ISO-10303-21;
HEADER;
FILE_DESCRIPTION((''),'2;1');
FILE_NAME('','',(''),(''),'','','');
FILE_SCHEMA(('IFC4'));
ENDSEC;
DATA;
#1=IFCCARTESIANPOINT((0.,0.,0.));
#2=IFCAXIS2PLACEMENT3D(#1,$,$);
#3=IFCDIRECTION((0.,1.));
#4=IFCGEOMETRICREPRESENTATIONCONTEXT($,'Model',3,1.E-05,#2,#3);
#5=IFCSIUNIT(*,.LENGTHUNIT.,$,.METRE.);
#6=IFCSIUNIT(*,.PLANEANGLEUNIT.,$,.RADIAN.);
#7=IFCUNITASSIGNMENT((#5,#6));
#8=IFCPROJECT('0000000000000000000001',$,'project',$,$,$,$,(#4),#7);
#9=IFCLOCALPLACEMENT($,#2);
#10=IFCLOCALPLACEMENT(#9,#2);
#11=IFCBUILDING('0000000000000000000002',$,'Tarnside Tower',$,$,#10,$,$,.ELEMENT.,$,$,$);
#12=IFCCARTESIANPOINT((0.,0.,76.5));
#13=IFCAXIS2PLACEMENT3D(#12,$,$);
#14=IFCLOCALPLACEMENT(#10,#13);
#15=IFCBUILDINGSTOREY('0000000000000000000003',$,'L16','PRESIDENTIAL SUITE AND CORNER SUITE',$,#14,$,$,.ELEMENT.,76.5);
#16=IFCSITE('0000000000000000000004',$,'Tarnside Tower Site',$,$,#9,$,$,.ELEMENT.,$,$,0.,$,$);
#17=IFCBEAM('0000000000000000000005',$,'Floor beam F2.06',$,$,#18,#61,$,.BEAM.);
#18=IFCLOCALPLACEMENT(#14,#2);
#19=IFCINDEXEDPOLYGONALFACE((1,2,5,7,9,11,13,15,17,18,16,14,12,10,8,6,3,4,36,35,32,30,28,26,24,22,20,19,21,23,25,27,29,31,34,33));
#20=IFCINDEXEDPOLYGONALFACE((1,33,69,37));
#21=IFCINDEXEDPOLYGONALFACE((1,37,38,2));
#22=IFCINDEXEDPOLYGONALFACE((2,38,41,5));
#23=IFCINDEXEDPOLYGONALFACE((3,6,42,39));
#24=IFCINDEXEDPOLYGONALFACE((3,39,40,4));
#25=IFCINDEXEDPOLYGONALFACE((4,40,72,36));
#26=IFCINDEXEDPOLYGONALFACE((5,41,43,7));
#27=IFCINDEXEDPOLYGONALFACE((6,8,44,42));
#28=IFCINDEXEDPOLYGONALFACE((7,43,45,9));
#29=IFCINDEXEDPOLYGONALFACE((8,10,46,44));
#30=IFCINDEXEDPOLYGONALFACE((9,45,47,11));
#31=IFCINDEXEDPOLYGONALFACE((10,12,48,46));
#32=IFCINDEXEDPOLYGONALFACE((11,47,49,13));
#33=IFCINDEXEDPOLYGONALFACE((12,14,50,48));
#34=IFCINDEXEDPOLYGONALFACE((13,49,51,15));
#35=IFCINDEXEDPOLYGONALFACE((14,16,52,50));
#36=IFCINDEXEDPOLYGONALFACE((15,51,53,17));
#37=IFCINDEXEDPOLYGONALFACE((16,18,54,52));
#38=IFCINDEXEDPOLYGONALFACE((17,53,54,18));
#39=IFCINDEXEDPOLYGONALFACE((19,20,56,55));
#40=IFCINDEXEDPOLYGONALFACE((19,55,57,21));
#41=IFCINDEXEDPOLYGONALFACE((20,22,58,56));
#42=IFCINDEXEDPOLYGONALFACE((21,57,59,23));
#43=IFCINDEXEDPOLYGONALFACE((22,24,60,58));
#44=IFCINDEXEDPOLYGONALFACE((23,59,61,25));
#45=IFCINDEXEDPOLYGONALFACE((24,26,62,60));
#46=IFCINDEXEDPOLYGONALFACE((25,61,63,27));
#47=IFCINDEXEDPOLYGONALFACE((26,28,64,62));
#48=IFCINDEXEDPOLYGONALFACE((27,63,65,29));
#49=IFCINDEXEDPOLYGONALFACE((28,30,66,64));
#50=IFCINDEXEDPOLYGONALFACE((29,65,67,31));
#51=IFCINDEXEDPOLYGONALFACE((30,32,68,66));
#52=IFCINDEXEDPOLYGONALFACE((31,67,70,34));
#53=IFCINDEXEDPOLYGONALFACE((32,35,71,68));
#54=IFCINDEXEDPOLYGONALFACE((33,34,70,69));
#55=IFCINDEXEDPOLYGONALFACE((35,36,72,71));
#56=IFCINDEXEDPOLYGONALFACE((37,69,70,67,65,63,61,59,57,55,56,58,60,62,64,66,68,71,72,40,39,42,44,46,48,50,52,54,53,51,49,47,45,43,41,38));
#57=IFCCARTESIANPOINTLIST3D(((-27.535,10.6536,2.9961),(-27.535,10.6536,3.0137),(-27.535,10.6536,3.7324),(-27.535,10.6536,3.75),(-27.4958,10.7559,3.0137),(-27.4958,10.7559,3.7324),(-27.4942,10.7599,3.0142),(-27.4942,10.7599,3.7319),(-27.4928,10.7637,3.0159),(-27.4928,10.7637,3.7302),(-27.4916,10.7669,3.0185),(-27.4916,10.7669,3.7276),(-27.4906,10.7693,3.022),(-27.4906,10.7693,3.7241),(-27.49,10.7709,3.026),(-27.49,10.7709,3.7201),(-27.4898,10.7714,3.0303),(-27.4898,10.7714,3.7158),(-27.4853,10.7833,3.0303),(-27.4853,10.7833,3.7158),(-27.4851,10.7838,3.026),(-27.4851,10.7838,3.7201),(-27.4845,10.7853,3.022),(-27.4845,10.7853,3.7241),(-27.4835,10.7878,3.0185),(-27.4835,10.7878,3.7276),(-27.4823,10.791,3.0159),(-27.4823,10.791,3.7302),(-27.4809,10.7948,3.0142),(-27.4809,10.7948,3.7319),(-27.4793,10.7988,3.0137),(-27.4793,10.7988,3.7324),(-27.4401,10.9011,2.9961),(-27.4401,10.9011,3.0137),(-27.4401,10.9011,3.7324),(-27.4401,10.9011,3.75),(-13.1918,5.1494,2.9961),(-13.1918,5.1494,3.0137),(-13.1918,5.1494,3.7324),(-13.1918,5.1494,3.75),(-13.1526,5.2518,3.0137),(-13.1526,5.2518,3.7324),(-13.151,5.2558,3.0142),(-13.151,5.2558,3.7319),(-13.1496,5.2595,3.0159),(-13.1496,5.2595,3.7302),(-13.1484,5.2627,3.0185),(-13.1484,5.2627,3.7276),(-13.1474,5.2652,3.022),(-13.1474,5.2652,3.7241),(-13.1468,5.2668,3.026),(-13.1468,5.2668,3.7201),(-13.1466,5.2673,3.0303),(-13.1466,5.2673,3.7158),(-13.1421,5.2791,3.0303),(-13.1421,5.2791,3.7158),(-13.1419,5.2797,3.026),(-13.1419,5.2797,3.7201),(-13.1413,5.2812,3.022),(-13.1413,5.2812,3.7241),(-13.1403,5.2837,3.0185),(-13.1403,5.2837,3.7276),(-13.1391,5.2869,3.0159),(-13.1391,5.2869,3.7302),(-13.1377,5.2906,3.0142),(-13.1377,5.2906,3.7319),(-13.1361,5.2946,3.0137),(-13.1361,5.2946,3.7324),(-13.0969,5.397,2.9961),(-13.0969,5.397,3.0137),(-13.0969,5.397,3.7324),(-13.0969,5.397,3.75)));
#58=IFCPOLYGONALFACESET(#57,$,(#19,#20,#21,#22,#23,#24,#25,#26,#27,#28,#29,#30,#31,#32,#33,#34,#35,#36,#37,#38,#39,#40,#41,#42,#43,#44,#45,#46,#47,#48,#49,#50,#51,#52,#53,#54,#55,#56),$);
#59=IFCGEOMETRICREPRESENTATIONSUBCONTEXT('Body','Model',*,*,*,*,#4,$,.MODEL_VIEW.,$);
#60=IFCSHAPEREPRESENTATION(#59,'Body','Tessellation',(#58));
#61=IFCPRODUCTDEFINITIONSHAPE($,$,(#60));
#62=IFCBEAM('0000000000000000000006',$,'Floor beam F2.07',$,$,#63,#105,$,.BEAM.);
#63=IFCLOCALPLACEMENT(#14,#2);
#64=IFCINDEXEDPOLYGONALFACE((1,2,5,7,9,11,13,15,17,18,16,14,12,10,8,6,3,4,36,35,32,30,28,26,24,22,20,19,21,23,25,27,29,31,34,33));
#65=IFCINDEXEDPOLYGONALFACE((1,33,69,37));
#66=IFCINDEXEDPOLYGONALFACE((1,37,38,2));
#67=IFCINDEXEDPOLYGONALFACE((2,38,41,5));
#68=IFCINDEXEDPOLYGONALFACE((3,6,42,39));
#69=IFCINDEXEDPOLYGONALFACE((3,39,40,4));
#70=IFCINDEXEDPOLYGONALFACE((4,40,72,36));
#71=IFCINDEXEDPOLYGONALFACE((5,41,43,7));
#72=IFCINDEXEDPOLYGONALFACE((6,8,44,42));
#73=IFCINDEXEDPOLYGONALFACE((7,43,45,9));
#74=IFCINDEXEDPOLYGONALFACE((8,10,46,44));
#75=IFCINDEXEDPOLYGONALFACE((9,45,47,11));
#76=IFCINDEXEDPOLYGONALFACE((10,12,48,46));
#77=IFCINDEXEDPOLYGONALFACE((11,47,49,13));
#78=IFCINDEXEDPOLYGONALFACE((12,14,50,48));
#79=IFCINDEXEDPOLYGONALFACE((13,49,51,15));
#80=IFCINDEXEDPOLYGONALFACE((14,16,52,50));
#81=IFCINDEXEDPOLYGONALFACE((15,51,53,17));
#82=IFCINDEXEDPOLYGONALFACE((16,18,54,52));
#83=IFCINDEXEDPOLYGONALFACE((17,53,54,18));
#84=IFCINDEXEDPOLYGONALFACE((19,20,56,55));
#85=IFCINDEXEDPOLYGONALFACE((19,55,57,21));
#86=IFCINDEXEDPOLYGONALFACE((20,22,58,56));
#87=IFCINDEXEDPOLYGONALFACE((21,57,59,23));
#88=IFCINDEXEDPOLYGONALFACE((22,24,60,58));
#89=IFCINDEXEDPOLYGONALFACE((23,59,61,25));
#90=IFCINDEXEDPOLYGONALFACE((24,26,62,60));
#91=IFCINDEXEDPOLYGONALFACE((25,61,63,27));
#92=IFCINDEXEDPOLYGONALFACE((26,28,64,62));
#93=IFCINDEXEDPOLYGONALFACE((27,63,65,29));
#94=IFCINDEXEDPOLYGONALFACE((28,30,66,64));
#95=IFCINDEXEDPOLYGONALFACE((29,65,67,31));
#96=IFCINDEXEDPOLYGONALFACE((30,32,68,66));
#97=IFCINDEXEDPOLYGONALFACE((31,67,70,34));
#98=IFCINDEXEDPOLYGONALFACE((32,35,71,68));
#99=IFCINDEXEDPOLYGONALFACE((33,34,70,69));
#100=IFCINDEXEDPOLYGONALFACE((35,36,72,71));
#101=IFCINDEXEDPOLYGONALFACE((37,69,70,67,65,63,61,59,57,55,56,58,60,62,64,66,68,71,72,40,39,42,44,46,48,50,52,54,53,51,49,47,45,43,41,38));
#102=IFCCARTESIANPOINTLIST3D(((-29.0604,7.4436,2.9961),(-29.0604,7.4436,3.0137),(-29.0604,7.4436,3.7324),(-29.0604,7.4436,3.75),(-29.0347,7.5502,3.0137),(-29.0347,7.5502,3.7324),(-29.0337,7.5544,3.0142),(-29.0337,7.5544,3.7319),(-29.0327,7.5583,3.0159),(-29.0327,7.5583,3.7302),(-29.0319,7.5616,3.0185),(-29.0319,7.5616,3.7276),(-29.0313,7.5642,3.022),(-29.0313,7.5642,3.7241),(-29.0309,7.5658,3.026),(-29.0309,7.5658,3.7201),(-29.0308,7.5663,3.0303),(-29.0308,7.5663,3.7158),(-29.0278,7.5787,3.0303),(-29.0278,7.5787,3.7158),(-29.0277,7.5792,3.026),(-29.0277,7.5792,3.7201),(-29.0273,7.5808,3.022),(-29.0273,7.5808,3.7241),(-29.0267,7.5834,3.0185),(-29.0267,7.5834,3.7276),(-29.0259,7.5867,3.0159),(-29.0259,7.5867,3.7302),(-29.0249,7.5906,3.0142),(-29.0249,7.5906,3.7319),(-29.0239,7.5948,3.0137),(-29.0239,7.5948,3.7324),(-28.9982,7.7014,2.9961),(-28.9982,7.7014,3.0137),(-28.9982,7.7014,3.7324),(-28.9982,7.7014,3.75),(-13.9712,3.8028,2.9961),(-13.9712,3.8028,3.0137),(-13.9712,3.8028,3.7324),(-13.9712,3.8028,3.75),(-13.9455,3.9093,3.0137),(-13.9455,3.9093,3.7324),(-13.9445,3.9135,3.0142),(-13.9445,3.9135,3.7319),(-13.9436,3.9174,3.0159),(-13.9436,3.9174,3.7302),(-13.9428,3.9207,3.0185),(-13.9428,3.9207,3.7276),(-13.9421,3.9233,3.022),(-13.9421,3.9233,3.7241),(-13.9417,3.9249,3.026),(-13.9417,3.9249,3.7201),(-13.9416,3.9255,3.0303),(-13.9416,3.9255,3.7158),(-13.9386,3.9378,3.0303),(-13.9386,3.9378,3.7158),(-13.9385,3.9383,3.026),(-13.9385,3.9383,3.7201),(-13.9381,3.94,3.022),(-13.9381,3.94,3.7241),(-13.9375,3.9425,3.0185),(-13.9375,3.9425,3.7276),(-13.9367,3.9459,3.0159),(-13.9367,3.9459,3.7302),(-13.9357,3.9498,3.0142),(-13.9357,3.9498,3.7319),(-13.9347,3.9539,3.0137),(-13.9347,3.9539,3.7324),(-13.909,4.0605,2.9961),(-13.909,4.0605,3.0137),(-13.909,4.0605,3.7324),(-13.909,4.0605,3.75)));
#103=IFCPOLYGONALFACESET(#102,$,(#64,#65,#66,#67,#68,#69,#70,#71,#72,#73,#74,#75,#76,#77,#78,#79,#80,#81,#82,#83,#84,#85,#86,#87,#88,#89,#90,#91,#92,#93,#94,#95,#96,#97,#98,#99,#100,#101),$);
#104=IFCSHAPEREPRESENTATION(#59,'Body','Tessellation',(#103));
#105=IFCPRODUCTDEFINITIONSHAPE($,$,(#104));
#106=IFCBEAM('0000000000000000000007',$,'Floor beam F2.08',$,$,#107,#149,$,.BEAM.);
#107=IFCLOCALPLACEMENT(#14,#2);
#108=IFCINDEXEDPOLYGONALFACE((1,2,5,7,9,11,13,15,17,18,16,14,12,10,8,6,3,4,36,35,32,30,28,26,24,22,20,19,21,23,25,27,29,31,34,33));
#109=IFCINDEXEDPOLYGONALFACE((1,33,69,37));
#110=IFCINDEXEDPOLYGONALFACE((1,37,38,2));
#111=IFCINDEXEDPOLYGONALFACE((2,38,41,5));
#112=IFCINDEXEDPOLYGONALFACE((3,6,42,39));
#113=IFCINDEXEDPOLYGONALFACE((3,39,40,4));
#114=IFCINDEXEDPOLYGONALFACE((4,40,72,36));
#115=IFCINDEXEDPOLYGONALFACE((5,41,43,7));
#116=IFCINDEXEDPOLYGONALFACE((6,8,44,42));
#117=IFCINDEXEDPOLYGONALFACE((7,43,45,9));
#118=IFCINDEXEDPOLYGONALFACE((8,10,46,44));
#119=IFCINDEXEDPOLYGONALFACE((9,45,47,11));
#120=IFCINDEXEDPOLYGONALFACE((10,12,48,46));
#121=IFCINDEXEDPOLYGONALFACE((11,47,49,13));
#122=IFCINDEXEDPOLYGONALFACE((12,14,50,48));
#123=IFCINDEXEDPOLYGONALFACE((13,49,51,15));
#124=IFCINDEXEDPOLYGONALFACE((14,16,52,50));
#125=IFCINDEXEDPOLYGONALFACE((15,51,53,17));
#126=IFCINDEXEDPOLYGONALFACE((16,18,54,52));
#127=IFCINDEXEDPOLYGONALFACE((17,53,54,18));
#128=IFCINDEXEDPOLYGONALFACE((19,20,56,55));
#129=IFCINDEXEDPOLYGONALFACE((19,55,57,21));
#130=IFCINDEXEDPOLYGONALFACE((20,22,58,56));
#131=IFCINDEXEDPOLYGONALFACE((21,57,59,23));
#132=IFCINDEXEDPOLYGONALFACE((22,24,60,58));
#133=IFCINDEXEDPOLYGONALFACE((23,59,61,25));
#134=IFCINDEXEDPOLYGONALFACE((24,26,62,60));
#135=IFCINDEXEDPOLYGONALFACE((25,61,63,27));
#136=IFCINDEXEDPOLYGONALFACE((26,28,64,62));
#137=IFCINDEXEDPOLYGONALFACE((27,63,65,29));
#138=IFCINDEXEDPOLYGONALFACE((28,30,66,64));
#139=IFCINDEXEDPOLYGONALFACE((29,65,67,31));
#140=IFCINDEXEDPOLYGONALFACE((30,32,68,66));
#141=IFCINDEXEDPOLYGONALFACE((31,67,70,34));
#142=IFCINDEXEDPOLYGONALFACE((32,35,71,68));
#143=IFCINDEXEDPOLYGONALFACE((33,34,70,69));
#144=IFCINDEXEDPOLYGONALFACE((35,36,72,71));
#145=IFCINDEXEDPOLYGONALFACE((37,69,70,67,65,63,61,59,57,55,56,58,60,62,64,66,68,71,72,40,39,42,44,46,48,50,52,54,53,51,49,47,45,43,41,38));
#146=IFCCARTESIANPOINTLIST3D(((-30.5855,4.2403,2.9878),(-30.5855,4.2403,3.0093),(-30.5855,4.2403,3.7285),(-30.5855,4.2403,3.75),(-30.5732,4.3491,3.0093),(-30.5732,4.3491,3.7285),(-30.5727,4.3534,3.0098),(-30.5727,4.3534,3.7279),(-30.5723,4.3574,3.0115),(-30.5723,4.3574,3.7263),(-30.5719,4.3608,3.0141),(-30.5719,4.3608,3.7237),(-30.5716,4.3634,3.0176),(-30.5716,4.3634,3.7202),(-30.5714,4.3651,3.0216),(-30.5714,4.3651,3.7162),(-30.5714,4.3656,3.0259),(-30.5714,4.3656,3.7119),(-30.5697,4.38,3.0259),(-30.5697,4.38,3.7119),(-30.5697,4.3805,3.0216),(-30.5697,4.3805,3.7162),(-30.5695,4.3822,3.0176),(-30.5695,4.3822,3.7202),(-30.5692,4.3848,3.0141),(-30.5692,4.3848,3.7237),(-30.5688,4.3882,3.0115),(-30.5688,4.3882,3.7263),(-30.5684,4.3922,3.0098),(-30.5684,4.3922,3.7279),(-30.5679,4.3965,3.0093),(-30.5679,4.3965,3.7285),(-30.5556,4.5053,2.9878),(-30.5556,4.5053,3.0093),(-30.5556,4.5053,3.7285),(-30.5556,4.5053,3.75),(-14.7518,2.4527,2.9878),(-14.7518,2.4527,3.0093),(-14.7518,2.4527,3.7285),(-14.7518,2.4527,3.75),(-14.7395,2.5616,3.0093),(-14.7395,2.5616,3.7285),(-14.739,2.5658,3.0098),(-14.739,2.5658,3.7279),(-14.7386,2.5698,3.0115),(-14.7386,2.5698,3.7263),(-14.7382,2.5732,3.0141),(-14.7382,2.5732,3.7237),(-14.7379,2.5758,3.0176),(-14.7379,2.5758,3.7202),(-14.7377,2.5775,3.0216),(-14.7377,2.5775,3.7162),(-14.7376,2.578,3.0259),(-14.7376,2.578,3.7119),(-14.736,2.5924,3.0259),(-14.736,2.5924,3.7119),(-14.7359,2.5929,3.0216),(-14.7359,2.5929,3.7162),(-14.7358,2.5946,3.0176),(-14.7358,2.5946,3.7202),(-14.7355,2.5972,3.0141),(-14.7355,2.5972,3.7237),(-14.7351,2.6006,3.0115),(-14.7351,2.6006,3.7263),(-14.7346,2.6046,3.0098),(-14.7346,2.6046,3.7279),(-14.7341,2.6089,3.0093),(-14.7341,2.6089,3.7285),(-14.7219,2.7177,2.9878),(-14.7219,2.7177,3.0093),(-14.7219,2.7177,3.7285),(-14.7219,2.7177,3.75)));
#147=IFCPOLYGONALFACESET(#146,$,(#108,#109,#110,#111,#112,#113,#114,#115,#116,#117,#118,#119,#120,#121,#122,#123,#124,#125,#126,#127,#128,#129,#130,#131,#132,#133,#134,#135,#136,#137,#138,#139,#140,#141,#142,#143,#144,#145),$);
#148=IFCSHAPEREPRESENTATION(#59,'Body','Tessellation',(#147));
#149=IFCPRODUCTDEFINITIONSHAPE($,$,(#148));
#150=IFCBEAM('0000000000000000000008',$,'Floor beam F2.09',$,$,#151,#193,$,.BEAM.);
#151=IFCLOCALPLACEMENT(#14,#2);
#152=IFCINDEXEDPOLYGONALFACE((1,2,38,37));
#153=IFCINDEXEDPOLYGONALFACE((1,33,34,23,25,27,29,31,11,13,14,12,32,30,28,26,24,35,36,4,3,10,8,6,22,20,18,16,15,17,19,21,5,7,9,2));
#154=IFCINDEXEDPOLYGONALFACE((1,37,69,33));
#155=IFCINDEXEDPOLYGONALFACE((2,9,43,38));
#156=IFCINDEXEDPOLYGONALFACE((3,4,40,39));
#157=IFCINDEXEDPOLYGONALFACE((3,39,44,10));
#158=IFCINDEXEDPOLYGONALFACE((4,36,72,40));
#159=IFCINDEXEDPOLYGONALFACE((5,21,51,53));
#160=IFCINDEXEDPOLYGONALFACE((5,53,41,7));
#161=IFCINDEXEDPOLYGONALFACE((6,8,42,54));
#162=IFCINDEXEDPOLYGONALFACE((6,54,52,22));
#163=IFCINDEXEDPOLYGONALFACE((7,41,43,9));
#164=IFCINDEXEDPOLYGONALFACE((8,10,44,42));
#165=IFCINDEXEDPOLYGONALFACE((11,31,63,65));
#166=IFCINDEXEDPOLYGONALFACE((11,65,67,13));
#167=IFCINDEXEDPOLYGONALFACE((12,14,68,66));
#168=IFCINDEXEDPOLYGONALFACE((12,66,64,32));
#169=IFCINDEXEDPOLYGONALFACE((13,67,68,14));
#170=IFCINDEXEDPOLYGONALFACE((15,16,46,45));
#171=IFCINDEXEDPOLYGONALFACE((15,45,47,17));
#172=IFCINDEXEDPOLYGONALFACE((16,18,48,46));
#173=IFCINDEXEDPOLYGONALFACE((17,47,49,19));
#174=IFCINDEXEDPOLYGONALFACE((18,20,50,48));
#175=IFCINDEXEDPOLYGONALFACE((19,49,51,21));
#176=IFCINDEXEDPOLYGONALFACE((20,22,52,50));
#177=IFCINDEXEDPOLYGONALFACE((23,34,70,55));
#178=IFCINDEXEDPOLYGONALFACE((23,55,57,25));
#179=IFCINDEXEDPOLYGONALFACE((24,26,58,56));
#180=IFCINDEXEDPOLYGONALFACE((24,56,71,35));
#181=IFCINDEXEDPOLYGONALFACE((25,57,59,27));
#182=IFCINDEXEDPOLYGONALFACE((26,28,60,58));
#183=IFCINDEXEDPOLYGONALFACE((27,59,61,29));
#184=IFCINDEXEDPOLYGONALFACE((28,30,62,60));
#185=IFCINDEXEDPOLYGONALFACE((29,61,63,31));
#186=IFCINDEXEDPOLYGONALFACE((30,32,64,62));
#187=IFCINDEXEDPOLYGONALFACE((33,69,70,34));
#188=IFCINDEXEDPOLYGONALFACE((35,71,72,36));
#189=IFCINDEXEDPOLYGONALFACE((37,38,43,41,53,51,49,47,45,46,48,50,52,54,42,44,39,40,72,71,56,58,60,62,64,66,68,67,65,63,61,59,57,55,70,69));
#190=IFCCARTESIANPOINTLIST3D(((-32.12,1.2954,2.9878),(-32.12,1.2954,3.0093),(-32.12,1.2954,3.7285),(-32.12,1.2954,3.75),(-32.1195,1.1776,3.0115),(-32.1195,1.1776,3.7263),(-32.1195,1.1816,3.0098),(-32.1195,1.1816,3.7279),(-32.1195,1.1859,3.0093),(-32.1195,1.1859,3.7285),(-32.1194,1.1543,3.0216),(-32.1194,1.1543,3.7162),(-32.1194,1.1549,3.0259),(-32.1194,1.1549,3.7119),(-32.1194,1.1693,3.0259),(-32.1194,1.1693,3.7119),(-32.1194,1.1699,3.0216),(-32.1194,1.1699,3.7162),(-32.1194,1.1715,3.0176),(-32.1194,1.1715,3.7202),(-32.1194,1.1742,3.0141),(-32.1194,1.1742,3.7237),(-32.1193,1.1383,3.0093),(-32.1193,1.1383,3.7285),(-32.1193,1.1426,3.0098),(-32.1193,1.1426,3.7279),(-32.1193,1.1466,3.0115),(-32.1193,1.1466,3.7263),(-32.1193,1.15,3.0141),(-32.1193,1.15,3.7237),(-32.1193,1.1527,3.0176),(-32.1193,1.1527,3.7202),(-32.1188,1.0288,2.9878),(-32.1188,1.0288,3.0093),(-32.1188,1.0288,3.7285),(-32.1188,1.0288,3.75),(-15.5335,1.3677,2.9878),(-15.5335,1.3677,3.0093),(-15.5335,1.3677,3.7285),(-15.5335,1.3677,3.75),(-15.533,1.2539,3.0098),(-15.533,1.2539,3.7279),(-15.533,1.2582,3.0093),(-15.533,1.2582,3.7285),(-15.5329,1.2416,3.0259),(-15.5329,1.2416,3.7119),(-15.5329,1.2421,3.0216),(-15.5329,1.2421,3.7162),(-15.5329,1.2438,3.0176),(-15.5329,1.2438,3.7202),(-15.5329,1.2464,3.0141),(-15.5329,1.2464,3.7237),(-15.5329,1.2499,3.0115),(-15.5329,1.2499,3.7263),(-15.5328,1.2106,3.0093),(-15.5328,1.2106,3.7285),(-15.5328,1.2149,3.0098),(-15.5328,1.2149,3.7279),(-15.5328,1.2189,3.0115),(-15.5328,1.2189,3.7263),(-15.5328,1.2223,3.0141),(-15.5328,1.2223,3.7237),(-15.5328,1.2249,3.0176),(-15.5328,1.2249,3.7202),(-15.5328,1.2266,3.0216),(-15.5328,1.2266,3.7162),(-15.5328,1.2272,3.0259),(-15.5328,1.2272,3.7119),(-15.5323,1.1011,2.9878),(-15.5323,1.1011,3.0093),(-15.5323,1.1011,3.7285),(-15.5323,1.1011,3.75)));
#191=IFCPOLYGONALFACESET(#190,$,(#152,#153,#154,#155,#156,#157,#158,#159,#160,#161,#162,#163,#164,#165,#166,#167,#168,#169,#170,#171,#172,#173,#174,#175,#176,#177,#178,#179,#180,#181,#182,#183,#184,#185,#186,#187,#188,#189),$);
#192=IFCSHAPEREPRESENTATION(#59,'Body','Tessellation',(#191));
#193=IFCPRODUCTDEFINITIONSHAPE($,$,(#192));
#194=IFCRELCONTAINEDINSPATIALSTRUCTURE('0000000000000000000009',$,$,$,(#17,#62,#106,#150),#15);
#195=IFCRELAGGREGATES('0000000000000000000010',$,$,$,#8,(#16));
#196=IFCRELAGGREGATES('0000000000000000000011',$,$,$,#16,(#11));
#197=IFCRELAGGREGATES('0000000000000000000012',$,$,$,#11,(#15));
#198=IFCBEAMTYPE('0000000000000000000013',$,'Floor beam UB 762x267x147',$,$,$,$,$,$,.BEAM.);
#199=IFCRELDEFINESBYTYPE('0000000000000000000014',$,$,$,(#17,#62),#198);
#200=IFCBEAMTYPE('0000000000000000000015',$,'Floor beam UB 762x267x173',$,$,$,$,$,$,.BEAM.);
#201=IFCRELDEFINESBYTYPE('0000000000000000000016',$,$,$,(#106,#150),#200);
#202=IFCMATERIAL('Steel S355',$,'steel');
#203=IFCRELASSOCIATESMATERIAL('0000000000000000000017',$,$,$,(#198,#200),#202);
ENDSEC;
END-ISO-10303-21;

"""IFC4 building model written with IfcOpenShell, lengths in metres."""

from ifc_helpers import new_model, si_unit, direction, frame, origin, origin_2d, place, context, subcontext, project, spatial, i_section, extrude, material, material_profile, profile_set, type_object, element, save


model = new_model("IFC4")

# Units and contexts
model_context = context("Model", 3, precision=1e-05, world=origin(), true_north=direction((0.0, 1.0)))
body_context = subcontext(model_context, "Body", "Model", "MODEL_VIEW")
ifc_project = project(units=[si_unit("LENGTHUNIT", "METRE"), si_unit("PLANEANGLEUNIT", "RADIAN")], contexts=[model_context])

# Site, building, storey
site_placement = place(None, origin())
site = spatial("IfcSite", under=ifc_project, at=site_placement, Name="Tarnside Tower Site", CompositionType="ELEMENT", RefElevation=0.0)
building_placement = place(site_placement, origin())
building = spatial("IfcBuilding", under=site, at=building_placement, Name="Tarnside Tower", CompositionType="ELEMENT")
storey_placement = place(building_placement, frame((0.0, 0.0, 76.5)))
storey = spatial("IfcBuildingStorey", under=building, at=storey_placement, Name="L16", Description="PRESIDENTIAL SUITE AND CORNER SUITE", CompositionType="ELEMENT", Elevation=76.5)

# Beams
ifc_material_1 = material(Name="Steel S355", Category="steel")
ifc_material_profile_1 = material_profile(ifc_material_1, i_section(OverallWidth=0.2651, OverallDepth=0.7539, WebThickness=0.0127, FlangeThickness=0.0176, FilletRadius=0.0166, at=origin_2d()), Name="UB 762x267x147")
ifc_profile_set_1 = profile_set([ifc_material_profile_1], Name="Steel S355")
beam_type_1 = type_object("IfcBeamType", Name="Floor beam UB 762x267x147", PredefinedType="BEAM", material=ifc_profile_set_1)
beam_1_placement = place(storey_placement, frame((-27.4875, 10.7773, 3.373), z_axis=(0.933618, -0.358271, 0.0), x_axis=(0.358271, 0.933618, 0.0)))
element("IfcBeam", 1, at=beam_1_placement, inside=storey, type_object=beam_type_1, Name="Floor beam F2.06", PredefinedType="BEAM", context=body_context, shape_type="SweptSolid", body=[
    extrude(i_section(OverallWidth=0.2651, OverallDepth=0.7539, WebThickness=0.0127, FlangeThickness=0.0176, FilletRadius=0.0166, at=origin_2d()), origin(), (0.0, 0.0, 1.0), 15.363),
])
beam_2_placement = place(storey_placement, frame((-29.0293, 7.5725, 3.373), z_axis=(0.972102, -0.23456, 0.0), x_axis=(0.23456, 0.972102, 0.0)))
element("IfcBeam", 2, at=beam_2_placement, inside=storey, type_object=beam_type_1, Name="Floor beam F2.07", PredefinedType="BEAM", context=body_context, shape_type="SweptSolid", body=[
    extrude(i_section(OverallWidth=0.2651, OverallDepth=0.7539, WebThickness=0.0127, FlangeThickness=0.0176, FilletRadius=0.0166, at=origin_2d()), origin(), (0.0, 0.0, 1.0), 15.5222),
])
ifc_material_profile_2 = material_profile(ifc_material_1, i_section(OverallWidth=0.2666, OverallDepth=0.7622, WebThickness=0.0144, FlangeThickness=0.0215, FilletRadius=0.0166, at=origin_2d()), Name="UB 762x267x173")
ifc_profile_set_2 = profile_set([ifc_material_profile_2], Name="Steel S355")
beam_type_2 = type_object("IfcBeamType", Name="Floor beam UB 762x267x173", PredefinedType="BEAM", material=ifc_profile_set_2)
beam_3_placement = place(storey_placement, frame((-30.5706, 4.3728, 3.3689), z_axis=(0.993687, -0.112185, 0.0), x_axis=(0.112185, 0.993687, 0.0)))
element("IfcBeam", 3, at=beam_3_placement, inside=storey, type_object=beam_type_2, Name="Floor beam F2.08", PredefinedType="BEAM", context=body_context, shape_type="SweptSolid", body=[
    extrude(i_section(OverallWidth=0.2666, OverallDepth=0.7622, WebThickness=0.0144, FlangeThickness=0.0215, FilletRadius=0.0166, at=origin_2d()), origin(), (0.0, 0.0, 1.0), 15.9343),
])
beam_4_placement = place(storey_placement, frame((-32.1194, 1.1621, 3.3689), z_axis=(0.999991, 0.004357, 0.0), x_axis=(-0.004357, 0.999991, 0.0)))
element("IfcBeam", 4, at=beam_4_placement, inside=storey, type_object=beam_type_2, Name="Floor beam F2.09", PredefinedType="BEAM", context=body_context, shape_type="SweptSolid", body=[
    extrude(i_section(OverallWidth=0.2666, OverallDepth=0.7622, WebThickness=0.0144, FlangeThickness=0.0215, FilletRadius=0.0166, at=origin_2d()), origin(), (0.0, 0.0, 1.0), 16.5867),
])

save(model, "model.ifc")
